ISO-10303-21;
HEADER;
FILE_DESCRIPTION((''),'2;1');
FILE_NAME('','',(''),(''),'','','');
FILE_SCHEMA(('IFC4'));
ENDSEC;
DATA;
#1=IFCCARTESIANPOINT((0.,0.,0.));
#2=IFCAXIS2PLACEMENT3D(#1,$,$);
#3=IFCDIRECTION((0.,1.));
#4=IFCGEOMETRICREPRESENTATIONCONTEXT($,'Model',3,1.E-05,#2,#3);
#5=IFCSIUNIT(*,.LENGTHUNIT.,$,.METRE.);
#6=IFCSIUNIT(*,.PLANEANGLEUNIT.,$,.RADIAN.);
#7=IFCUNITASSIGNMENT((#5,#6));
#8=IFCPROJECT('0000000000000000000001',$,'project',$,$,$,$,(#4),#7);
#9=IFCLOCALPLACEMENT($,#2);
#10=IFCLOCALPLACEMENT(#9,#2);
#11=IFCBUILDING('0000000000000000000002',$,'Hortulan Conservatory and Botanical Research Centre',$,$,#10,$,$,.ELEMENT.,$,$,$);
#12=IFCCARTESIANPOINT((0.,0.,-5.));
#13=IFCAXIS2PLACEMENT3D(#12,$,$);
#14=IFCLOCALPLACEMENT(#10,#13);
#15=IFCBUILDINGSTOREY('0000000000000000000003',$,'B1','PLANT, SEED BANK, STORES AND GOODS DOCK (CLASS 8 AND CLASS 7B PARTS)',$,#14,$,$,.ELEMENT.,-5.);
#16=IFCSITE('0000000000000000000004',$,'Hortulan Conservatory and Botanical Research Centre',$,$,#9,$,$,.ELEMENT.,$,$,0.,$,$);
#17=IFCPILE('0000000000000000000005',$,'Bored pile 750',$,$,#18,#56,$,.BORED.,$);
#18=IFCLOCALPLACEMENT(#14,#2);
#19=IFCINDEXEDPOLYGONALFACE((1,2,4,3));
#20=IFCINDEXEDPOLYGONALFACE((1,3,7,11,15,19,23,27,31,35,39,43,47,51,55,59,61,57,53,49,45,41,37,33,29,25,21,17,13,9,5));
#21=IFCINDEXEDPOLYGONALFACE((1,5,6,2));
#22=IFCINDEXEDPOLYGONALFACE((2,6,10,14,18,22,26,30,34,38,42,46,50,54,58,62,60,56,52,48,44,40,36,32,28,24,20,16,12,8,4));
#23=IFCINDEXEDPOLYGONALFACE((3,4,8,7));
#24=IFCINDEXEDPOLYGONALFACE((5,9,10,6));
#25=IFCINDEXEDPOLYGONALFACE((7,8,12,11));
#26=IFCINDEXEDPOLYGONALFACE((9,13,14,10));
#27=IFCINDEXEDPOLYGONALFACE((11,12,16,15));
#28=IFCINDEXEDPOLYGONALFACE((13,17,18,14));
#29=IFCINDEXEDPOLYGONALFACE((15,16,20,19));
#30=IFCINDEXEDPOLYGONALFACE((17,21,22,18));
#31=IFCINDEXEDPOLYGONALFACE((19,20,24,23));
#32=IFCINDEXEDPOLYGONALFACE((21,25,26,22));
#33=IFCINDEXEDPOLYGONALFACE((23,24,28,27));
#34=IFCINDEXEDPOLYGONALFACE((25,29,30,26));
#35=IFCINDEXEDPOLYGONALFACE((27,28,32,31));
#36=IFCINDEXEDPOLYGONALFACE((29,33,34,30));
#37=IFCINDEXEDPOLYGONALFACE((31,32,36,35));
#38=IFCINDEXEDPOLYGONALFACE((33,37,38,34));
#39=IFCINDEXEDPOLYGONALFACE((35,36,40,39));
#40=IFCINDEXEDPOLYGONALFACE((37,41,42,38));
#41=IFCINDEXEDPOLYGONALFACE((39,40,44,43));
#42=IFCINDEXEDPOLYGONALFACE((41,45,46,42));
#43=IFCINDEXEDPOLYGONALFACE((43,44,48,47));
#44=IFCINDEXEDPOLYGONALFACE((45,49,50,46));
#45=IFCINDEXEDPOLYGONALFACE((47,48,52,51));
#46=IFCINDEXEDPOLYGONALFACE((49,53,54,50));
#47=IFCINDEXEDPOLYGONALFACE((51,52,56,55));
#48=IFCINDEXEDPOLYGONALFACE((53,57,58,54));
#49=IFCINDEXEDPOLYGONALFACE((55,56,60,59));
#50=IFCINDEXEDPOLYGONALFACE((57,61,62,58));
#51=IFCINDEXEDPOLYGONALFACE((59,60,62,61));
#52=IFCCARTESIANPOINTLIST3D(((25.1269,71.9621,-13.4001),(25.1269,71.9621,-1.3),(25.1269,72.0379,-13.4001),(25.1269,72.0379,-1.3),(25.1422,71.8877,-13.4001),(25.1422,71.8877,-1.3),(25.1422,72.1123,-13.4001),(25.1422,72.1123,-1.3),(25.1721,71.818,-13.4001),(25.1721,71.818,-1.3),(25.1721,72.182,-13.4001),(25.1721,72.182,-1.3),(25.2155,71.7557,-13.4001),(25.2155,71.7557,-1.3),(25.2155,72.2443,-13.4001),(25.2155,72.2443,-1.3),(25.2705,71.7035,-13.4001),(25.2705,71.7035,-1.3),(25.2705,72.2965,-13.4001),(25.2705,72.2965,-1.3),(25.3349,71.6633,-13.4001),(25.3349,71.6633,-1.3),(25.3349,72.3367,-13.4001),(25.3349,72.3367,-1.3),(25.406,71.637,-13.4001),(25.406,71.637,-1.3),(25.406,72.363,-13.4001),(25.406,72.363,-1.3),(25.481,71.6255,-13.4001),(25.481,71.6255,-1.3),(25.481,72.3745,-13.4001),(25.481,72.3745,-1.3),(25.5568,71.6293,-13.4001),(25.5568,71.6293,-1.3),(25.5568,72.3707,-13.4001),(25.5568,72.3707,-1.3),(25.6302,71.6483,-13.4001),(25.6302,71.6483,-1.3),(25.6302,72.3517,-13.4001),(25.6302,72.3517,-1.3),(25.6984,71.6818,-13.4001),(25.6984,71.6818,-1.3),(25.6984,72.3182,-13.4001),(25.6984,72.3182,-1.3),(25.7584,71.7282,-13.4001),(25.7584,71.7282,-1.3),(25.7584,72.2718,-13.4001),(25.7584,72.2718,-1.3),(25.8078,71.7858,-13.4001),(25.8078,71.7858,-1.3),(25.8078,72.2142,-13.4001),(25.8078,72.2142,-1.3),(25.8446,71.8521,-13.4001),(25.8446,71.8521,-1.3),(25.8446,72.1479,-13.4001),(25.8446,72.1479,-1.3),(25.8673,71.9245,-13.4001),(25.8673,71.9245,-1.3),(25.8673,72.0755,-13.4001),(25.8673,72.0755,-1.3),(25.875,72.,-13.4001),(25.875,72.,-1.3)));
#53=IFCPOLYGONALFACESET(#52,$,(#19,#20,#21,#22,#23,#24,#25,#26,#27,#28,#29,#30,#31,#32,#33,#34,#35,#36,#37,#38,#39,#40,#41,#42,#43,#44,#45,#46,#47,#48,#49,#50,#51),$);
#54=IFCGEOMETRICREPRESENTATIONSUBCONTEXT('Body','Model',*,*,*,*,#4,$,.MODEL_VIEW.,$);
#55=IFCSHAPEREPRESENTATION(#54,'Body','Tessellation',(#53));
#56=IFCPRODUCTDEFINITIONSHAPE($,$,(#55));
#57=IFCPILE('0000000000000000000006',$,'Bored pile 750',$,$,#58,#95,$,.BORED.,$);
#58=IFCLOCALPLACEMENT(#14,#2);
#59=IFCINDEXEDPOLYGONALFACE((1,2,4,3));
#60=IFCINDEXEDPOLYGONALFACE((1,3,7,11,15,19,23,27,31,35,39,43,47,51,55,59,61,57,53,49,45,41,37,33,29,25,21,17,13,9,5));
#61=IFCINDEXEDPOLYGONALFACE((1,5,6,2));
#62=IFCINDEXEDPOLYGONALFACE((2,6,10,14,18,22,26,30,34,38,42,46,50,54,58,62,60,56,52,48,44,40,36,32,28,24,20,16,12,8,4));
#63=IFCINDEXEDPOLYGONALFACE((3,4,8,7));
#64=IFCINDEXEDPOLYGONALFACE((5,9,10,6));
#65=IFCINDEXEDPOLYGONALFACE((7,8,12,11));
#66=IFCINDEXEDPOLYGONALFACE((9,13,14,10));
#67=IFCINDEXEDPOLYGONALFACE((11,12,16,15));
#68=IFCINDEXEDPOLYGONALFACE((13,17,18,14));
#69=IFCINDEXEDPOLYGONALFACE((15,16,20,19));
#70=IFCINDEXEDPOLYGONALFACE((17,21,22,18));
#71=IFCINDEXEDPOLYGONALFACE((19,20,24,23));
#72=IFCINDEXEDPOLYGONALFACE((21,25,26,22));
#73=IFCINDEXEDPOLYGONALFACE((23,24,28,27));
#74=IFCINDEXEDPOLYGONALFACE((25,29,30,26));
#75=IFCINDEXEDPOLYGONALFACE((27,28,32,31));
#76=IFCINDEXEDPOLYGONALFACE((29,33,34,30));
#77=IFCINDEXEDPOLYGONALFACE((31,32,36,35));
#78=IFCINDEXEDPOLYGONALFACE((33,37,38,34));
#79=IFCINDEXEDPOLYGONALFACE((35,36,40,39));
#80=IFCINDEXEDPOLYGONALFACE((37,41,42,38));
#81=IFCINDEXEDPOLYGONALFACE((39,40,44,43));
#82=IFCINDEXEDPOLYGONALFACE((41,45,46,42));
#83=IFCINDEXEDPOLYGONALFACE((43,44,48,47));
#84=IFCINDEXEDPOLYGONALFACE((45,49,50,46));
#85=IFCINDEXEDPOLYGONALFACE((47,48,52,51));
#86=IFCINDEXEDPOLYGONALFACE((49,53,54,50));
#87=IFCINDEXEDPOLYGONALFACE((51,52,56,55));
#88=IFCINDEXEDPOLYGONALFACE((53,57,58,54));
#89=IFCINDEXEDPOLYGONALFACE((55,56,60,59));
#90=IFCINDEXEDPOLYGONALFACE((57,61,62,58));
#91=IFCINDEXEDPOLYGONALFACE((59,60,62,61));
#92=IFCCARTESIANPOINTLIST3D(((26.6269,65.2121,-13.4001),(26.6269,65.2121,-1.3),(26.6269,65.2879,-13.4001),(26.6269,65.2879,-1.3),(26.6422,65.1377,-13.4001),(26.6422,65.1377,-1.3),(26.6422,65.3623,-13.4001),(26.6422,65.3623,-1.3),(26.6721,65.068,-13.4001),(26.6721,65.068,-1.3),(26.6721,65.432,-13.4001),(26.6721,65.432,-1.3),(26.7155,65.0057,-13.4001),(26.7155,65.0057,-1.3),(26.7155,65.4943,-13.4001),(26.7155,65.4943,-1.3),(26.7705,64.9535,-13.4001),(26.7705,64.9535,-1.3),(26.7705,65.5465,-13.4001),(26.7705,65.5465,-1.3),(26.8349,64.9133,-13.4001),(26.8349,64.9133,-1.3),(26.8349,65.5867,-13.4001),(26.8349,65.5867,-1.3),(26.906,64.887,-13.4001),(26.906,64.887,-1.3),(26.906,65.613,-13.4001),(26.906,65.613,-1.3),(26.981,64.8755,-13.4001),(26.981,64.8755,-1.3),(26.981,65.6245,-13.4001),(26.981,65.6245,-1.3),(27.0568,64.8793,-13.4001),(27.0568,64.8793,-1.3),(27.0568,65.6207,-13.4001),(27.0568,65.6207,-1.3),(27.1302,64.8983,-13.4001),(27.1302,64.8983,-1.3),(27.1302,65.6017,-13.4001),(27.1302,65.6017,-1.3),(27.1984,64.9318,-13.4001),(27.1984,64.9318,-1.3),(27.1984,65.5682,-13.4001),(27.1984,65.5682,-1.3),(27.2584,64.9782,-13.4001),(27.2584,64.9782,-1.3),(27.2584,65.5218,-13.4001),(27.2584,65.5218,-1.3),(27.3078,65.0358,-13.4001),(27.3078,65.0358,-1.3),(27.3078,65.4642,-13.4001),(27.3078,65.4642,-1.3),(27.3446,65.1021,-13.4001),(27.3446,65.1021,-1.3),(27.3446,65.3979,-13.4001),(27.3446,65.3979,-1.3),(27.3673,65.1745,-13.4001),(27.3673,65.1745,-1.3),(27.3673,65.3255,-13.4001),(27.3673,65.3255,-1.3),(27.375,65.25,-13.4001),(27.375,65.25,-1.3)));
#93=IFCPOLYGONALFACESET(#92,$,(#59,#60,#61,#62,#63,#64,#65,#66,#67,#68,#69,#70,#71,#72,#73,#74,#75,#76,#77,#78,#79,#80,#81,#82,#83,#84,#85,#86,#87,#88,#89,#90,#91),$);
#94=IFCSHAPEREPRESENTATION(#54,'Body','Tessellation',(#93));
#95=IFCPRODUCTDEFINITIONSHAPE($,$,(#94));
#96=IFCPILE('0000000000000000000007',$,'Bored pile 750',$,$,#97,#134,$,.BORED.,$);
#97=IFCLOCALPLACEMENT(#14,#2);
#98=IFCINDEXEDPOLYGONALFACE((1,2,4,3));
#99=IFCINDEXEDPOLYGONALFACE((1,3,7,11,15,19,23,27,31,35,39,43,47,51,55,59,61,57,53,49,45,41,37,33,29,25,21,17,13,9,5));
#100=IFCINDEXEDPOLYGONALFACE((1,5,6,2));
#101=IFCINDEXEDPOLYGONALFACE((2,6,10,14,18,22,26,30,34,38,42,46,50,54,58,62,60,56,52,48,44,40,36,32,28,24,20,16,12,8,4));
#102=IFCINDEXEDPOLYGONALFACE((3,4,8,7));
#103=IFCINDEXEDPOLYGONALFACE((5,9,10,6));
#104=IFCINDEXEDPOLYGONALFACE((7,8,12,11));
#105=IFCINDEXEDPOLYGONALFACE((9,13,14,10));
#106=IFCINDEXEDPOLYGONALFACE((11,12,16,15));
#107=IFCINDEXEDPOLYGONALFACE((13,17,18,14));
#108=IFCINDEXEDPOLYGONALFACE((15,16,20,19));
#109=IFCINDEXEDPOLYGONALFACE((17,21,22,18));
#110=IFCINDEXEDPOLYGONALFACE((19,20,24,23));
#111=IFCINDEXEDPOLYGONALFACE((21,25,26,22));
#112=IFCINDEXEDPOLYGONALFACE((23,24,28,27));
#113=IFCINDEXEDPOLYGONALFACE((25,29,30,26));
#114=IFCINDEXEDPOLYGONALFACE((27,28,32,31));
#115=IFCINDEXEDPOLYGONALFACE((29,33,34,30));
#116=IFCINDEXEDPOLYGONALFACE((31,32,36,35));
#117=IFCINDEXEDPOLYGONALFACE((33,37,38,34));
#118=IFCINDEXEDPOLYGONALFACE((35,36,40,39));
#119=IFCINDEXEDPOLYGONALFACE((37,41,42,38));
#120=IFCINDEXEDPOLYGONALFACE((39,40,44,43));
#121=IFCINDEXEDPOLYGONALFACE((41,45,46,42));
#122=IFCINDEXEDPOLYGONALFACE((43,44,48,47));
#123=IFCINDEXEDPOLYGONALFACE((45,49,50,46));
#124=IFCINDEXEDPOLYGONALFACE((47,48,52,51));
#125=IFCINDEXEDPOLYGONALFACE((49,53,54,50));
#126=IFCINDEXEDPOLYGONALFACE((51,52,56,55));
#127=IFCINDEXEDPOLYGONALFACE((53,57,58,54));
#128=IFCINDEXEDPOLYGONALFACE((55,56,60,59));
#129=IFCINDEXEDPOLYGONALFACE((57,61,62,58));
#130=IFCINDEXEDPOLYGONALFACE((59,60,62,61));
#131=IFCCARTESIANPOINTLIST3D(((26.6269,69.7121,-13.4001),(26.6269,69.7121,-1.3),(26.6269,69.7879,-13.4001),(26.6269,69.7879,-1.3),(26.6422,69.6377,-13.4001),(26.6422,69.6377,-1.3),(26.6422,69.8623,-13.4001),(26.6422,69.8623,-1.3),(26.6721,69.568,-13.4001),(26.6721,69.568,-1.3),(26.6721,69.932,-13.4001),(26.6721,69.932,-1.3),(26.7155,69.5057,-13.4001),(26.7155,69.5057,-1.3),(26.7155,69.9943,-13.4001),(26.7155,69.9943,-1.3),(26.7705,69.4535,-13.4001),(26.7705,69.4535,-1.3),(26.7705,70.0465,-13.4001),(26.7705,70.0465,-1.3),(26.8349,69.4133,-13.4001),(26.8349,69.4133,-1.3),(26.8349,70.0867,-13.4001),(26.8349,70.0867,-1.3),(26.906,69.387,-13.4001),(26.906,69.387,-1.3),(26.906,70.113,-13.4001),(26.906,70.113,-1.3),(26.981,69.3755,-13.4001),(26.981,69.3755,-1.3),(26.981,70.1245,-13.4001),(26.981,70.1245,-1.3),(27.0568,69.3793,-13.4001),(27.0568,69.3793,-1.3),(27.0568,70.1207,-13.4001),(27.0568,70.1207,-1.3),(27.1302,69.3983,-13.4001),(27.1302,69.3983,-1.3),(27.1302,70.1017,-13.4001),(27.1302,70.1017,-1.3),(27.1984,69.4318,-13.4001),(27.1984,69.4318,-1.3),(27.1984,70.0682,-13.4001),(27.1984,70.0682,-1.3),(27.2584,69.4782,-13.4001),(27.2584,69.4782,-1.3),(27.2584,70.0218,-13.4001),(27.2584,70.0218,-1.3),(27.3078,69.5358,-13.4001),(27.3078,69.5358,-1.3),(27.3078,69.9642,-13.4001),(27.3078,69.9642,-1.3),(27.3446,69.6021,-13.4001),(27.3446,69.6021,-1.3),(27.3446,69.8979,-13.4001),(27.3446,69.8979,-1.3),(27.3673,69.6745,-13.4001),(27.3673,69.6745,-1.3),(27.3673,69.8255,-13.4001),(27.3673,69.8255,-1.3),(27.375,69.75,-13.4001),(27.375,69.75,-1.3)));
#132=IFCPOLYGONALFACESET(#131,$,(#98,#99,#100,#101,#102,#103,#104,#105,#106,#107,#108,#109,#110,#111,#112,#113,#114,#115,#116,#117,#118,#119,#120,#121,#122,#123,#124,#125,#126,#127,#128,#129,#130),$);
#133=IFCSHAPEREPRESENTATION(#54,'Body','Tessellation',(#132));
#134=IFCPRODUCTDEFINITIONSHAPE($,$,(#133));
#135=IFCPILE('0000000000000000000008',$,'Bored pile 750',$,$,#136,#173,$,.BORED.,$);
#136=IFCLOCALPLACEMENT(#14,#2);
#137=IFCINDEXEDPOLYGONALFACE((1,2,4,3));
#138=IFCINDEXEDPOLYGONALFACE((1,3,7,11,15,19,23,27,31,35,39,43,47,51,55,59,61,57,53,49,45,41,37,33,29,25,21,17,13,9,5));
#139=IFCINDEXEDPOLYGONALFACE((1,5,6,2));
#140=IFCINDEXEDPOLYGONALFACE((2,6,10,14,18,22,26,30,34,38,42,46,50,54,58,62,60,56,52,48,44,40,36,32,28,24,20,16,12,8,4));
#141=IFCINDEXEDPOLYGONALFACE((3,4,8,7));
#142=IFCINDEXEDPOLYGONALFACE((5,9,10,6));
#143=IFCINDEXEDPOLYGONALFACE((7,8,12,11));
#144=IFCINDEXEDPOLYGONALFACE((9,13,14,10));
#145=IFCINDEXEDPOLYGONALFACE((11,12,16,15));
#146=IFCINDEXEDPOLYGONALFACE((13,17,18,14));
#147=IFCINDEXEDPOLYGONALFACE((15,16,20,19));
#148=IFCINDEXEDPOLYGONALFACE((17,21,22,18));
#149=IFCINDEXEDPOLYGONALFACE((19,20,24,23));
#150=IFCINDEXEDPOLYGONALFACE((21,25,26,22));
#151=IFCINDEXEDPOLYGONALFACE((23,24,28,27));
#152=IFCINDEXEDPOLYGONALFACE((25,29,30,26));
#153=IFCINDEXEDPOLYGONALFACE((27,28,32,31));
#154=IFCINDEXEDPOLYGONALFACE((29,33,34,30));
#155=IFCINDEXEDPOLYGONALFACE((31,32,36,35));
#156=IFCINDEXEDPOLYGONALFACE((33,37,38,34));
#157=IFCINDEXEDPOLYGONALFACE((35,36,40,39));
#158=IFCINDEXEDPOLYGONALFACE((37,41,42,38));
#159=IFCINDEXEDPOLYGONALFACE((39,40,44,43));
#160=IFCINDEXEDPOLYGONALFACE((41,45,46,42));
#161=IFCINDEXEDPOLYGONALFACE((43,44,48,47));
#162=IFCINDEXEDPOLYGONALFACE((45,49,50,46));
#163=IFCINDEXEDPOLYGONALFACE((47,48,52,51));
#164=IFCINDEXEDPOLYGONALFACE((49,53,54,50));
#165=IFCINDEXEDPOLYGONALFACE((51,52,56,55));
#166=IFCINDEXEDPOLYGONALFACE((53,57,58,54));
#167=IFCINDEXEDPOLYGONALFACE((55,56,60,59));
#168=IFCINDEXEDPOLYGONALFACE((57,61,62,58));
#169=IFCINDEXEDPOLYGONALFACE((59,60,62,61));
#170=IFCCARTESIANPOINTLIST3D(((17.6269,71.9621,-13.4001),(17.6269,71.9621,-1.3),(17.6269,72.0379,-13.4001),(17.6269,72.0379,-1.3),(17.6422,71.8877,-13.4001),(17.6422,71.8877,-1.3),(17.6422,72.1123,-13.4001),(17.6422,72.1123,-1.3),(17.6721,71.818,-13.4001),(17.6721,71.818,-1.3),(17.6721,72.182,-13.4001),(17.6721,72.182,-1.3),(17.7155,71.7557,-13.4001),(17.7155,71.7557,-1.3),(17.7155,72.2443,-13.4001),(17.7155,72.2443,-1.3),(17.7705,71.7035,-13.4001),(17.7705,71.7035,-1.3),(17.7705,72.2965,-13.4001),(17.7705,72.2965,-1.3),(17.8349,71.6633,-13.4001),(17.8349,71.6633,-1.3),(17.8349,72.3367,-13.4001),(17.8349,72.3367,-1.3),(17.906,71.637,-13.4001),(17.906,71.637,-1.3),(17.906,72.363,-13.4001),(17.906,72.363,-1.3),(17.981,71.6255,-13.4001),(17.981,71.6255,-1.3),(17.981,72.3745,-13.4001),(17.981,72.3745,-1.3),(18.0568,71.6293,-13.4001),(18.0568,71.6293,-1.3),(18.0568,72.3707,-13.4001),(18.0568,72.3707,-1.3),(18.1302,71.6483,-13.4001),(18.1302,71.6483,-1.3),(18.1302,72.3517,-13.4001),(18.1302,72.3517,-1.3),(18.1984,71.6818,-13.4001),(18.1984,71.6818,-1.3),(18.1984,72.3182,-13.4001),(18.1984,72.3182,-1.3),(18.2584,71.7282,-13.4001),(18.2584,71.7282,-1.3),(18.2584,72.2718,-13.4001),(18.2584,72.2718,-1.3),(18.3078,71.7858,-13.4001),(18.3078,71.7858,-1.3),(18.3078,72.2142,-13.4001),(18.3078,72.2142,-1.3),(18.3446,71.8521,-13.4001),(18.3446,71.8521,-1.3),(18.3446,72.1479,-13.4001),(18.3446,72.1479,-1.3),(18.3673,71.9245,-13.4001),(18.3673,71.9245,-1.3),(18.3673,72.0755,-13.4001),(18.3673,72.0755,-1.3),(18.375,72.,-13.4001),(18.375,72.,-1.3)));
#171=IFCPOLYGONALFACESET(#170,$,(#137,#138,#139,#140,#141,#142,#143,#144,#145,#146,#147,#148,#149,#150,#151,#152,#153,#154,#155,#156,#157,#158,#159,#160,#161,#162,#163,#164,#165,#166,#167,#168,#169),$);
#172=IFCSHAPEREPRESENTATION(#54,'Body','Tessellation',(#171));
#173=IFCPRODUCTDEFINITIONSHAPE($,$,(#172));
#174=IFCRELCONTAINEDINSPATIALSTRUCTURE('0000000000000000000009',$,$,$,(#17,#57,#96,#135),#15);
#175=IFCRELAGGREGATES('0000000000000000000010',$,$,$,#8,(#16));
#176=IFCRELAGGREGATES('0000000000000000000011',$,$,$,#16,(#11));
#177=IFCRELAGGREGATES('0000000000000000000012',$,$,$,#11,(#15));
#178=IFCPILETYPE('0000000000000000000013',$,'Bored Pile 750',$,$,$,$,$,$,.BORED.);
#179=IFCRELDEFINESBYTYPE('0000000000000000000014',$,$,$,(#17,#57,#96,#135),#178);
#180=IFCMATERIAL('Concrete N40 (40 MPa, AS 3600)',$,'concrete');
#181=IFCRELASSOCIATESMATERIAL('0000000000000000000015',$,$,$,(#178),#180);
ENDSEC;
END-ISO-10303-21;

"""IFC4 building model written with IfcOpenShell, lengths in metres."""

from ifc_helpers import new_model, si_unit, direction, frame, origin, origin_2d, place, context, subcontext, project, spatial, circle, extrude, material, material_profile, profile_set, type_object, element, save


model = new_model("IFC4")

# Units and contexts
model_context = context("Model", 3, precision=1e-05, world=origin(), true_north=direction((0.0, 1.0)))
body_context = subcontext(model_context, "Body", "Model", "MODEL_VIEW")
ifc_project = project(units=[si_unit("LENGTHUNIT", "METRE"), si_unit("PLANEANGLEUNIT", "RADIAN")], contexts=[model_context])

# Site, building, storey
site_placement = place(None, origin())
site = spatial("IfcSite", under=ifc_project, at=site_placement, Name="Hortulan Conservatory and Botanical Research Centre", CompositionType="ELEMENT", RefElevation=0.0)
building_placement = place(site_placement, origin())
building = spatial("IfcBuilding", under=site, at=building_placement, Name="Hortulan Conservatory and Botanical Research Centre", CompositionType="ELEMENT")
storey_placement = place(building_placement, frame((0.0, 0.0, -5.0)))
storey = spatial("IfcBuildingStorey", under=building, at=storey_placement, Name="B1", Description="PLANT, SEED BANK, STORES AND GOODS DOCK (CLASS 8 AND CLASS 7B PARTS)", CompositionType="ELEMENT", Elevation=-5.0)

# Piles
ifc_material_1 = material(Name="Concrete N40 (40 MPa, AS 3600)", Category="concrete")
ifc_material_profile_1 = material_profile(ifc_material_1, circle(Radius=0.375, at=origin_2d()), Name="Bored pile 750 diameter")
ifc_profile_set_1 = profile_set([ifc_material_profile_1], Name="Concrete N40 (40 MPa, AS 3600)")
pile_type = type_object("IfcPileType", Name="Bored Pile 750", PredefinedType="BORED", material=ifc_profile_set_1)
for number, where, z_axis, x_axis, name in (
    (1, (25.5, 72.0, -1.3), (0.0, 0.0, -1.0), (1.0, 0.0, 0.0), "Bored pile 750"),
    (2, (27.0, 65.25, -1.3), (0.0, 0.0, -1.0), (1.0, 0.0, 0.0), "Bored pile 750"),
    (3, (27.0, 69.75, -1.3), (0.0, 0.0, -1.0), (1.0, 0.0, 0.0), "Bored pile 750"),
    (4, (18.0, 72.0, -1.3), (0.0, 0.0, -1.0), (1.0, 0.0, 0.0), "Bored pile 750"),
):
    element("IfcPile", number, at=place(storey_placement, frame(where, z_axis=z_axis, x_axis=x_axis)), inside=storey, type_object=pile_type, Name=name, PredefinedType="BORED", context=body_context, shape_type="SweptSolid", body=[
        extrude(circle(Radius=0.375, at=origin_2d()), origin(), (0.0, 0.0, 1.0), 12.1001),
    ])

save(model, "model.ifc")
